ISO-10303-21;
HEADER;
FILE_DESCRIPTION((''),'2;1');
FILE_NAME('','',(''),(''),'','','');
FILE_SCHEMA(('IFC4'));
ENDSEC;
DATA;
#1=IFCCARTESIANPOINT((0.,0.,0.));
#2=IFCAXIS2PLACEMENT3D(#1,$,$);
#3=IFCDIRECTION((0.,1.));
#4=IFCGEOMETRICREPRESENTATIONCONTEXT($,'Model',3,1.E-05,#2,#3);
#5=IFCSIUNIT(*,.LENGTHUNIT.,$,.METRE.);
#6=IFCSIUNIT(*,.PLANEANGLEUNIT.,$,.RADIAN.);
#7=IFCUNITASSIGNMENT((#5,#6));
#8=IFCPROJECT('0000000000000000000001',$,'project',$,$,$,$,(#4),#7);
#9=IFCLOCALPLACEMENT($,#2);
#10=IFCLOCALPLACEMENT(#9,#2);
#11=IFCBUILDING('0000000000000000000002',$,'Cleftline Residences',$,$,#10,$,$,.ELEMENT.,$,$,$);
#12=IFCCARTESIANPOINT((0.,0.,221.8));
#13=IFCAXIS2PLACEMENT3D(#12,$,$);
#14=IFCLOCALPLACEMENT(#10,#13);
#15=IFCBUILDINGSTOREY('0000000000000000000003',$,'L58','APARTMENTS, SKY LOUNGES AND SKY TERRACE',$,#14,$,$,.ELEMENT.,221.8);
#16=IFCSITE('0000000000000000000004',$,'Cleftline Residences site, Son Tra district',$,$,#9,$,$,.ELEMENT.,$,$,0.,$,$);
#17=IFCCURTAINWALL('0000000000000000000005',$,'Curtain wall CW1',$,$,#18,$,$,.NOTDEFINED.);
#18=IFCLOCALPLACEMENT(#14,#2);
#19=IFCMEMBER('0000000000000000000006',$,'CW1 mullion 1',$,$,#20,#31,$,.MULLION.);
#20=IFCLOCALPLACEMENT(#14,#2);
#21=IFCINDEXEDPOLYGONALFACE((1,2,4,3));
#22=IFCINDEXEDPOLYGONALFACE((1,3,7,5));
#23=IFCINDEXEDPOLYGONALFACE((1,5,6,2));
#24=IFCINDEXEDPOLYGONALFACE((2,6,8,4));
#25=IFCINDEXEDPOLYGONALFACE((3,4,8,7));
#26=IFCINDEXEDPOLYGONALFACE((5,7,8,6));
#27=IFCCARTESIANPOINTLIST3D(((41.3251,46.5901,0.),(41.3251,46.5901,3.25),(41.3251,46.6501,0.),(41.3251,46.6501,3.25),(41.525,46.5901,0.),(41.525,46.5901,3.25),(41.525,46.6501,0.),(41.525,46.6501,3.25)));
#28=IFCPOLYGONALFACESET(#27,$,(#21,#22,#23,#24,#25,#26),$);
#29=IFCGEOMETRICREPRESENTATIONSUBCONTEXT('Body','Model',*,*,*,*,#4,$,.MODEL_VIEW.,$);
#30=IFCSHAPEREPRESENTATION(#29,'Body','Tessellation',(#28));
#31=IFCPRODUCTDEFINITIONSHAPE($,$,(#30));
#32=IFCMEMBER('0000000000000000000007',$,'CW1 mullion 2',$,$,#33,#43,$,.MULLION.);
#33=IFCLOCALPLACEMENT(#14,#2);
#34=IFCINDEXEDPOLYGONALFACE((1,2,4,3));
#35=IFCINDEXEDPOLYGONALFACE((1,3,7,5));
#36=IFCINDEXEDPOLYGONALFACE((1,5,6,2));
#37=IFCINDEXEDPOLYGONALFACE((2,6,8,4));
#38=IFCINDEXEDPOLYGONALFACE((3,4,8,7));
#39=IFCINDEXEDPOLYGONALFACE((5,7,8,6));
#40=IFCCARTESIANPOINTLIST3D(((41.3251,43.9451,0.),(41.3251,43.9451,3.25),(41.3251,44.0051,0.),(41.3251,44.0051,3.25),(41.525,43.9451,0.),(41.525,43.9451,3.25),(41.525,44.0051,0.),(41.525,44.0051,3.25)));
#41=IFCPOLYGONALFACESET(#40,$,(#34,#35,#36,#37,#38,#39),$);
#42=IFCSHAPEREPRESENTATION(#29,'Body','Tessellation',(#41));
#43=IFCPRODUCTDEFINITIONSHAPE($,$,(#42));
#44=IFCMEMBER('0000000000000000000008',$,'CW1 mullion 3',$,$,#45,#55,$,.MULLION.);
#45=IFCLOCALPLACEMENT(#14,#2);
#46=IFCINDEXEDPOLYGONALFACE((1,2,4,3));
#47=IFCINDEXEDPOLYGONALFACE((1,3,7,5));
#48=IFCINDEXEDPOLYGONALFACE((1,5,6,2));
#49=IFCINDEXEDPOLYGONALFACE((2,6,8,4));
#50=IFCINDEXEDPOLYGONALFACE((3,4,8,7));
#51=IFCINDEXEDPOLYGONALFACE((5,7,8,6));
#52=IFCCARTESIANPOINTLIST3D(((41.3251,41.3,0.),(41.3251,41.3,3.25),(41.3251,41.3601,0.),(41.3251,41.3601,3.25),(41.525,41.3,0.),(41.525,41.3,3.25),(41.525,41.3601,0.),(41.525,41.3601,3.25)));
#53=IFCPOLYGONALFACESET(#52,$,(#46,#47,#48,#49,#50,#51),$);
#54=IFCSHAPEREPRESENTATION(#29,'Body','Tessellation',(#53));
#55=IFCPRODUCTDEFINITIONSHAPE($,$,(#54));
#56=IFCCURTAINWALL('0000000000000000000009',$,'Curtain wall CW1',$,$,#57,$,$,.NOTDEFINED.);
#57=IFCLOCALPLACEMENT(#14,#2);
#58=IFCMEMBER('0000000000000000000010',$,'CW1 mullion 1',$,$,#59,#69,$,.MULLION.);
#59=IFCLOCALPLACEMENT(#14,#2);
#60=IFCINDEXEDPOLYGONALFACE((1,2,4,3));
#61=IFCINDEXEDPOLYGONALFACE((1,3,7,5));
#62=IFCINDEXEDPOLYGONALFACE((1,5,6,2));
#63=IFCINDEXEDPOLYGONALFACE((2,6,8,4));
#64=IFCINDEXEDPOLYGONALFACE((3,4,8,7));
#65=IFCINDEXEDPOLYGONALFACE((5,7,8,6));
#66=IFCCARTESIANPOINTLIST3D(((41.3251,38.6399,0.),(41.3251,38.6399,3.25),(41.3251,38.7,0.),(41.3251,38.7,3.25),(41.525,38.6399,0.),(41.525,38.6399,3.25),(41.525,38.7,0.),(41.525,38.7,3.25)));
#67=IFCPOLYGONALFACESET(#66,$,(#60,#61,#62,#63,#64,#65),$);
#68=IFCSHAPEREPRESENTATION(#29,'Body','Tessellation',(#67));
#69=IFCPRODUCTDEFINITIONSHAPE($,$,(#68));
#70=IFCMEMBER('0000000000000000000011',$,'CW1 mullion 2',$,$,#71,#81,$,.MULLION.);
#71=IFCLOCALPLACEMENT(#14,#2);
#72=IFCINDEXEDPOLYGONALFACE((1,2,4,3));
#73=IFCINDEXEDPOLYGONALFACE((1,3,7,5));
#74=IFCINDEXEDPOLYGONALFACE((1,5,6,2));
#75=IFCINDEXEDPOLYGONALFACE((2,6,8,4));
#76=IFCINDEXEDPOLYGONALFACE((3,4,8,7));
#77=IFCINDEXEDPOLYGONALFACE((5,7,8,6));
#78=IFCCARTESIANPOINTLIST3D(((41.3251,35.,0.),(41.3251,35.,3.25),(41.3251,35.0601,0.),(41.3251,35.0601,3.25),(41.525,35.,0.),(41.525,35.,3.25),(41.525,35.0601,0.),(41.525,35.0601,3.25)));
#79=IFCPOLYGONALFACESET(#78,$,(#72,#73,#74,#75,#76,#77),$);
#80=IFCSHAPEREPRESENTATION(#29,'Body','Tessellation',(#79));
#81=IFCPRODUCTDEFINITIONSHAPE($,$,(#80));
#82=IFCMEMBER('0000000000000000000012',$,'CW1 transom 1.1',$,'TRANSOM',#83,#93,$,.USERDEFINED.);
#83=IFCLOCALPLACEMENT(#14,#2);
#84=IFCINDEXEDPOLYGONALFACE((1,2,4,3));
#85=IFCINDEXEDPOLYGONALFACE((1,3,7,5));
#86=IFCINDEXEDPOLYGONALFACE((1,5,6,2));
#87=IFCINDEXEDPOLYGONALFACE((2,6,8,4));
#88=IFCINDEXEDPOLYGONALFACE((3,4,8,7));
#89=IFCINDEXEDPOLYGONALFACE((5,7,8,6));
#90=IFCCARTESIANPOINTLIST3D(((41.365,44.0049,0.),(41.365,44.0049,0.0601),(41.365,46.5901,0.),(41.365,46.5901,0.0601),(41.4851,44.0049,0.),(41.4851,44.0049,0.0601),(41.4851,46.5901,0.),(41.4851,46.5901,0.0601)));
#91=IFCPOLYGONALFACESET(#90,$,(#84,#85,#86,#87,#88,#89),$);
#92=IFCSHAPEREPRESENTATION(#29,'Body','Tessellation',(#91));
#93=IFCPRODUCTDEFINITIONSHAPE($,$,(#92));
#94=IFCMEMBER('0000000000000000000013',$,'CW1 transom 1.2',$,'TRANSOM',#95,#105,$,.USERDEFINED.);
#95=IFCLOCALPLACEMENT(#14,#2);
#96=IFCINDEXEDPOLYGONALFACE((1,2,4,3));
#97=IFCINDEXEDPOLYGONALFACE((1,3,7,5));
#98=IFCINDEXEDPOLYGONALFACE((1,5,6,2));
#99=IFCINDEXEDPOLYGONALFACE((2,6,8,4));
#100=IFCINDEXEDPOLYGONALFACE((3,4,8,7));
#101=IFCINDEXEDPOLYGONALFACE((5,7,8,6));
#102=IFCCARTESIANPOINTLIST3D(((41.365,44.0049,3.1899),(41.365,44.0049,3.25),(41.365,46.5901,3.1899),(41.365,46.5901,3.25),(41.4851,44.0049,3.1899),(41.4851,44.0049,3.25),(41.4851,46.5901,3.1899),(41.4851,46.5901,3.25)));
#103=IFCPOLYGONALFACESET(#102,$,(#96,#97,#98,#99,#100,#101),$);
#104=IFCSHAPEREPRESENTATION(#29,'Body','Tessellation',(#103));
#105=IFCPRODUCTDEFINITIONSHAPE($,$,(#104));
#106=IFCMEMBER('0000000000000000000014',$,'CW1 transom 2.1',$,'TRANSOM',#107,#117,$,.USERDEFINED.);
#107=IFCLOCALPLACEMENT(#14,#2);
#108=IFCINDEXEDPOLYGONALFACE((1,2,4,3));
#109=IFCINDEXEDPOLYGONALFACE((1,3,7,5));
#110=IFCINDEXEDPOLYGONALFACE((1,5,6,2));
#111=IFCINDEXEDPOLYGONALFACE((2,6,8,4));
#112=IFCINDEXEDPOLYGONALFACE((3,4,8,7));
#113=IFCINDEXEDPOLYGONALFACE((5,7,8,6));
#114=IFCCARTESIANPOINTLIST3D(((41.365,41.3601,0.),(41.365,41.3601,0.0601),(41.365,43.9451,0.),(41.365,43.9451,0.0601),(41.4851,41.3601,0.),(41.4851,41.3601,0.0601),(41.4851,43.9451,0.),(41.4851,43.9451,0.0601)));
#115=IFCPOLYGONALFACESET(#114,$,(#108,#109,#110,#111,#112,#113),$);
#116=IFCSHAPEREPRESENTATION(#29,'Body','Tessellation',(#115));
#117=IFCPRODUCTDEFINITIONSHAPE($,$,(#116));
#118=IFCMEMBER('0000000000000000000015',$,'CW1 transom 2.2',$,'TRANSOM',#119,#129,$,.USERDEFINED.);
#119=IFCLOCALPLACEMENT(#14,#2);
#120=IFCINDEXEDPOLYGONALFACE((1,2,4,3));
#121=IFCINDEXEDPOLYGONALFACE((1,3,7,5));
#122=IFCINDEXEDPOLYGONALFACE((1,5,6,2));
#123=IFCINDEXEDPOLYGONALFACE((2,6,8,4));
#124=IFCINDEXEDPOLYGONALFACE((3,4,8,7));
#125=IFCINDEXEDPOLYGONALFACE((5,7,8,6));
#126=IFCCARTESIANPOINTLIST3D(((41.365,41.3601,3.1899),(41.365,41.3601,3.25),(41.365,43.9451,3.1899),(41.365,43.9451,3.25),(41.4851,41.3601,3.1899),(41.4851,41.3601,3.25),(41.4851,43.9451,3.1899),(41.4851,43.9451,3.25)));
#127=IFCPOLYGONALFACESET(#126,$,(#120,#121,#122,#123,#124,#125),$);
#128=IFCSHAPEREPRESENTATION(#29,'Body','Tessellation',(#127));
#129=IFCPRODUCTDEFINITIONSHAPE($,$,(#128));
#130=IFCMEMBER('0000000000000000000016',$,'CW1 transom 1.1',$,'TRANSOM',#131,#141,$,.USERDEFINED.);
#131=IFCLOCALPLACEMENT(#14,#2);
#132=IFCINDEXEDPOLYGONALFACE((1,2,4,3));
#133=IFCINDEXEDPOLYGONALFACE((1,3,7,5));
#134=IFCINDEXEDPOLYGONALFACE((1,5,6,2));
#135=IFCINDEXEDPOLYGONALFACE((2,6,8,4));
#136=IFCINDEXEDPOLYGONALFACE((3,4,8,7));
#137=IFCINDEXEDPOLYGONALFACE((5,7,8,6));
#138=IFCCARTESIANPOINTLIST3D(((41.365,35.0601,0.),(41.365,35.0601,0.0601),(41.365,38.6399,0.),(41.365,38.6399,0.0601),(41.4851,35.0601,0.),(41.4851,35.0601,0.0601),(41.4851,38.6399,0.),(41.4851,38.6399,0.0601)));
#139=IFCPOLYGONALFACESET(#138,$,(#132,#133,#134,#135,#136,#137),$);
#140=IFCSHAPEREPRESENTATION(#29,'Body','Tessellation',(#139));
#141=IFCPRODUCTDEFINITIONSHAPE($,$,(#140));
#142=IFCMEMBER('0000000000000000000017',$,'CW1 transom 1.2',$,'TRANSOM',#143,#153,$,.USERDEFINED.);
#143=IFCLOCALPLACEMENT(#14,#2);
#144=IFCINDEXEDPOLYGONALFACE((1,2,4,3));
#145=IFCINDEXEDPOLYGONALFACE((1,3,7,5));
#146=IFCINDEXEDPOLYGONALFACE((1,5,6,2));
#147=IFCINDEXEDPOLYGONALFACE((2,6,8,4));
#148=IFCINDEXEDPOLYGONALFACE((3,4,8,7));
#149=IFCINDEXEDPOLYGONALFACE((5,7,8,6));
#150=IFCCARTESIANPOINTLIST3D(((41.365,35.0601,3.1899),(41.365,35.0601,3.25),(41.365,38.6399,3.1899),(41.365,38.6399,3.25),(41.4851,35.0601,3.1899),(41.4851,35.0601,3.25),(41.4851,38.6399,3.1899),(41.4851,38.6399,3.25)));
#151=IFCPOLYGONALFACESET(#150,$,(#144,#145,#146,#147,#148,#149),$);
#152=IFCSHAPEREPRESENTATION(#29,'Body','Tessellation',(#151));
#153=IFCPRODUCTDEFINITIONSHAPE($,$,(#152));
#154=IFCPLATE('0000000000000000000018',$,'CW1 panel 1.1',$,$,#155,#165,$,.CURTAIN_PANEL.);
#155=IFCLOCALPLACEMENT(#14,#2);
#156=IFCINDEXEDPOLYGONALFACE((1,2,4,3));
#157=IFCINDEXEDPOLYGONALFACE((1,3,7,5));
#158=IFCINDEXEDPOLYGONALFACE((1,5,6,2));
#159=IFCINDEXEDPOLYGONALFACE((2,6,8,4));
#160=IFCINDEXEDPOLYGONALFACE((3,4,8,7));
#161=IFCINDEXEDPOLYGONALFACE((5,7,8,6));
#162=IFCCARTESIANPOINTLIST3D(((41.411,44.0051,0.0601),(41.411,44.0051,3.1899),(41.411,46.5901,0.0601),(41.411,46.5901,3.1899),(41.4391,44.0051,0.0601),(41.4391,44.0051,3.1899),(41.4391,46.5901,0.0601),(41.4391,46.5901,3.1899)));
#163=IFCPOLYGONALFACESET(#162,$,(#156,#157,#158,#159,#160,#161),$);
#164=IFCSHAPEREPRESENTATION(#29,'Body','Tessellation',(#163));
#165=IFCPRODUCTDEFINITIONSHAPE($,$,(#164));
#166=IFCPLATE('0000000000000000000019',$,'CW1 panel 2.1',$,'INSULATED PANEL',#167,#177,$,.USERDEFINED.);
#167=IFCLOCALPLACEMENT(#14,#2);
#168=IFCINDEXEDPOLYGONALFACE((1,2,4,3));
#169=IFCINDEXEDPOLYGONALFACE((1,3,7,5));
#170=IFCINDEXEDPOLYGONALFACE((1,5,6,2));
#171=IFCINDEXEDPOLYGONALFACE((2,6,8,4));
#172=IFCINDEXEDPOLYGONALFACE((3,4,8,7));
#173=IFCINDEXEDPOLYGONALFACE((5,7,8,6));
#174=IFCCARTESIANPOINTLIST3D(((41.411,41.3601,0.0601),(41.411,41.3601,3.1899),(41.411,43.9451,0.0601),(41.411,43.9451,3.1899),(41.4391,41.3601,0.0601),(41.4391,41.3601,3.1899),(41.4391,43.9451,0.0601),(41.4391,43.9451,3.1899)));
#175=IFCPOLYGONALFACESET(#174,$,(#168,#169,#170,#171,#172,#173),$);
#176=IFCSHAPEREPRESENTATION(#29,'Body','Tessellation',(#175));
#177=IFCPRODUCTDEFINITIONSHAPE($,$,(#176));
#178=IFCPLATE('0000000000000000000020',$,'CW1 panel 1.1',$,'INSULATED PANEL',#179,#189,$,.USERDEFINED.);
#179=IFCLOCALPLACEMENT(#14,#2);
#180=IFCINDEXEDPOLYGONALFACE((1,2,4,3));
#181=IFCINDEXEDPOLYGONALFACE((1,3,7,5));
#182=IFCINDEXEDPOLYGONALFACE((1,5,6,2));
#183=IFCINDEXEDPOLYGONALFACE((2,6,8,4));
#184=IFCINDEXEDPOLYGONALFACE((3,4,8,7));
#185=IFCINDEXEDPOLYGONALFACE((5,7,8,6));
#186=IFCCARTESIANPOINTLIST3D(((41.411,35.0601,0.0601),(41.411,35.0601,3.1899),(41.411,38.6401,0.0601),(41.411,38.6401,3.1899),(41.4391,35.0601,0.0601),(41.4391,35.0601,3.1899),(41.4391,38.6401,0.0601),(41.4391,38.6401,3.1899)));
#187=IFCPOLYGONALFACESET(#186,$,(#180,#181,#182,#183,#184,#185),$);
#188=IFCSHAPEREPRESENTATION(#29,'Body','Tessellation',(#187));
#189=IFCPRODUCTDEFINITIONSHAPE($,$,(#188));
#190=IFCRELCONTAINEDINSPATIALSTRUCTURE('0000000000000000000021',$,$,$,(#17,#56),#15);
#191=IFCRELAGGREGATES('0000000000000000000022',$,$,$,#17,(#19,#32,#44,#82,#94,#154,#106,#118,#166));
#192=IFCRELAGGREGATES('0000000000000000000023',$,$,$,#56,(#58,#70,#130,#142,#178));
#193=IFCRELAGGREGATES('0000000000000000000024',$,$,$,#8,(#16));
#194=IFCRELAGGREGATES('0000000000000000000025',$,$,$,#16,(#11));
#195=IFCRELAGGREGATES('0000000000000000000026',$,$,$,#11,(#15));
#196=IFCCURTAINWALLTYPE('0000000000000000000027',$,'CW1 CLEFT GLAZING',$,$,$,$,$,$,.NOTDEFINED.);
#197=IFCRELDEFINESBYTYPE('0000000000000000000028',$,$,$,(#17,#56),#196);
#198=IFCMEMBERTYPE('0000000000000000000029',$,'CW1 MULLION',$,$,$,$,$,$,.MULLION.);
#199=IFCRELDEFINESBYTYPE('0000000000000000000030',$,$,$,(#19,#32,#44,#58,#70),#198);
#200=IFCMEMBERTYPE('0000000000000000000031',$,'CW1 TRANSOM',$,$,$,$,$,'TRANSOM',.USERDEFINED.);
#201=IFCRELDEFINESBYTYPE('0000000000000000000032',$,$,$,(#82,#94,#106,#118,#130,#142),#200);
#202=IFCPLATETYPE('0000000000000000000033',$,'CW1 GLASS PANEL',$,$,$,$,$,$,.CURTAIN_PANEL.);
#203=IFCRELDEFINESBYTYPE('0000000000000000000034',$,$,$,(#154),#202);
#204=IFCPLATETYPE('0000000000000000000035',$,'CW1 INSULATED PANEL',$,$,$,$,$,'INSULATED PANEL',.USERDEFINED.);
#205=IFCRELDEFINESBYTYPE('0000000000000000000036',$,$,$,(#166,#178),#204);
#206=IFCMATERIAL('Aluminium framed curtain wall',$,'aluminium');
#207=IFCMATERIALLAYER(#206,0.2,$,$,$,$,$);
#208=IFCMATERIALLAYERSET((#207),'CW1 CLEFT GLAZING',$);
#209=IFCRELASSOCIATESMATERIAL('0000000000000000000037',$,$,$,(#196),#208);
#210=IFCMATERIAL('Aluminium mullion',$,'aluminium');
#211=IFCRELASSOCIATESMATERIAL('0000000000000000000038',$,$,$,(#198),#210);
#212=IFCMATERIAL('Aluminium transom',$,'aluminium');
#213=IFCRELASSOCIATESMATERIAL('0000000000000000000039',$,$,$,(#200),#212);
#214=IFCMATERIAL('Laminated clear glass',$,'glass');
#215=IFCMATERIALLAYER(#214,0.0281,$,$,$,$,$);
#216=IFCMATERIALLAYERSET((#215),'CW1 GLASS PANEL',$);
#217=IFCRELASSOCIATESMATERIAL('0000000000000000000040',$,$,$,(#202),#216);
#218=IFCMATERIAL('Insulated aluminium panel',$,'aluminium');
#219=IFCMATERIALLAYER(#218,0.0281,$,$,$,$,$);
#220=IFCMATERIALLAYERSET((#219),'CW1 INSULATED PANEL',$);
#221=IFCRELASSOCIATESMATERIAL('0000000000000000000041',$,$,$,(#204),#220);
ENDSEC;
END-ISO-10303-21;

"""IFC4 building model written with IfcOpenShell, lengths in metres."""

from ifc_helpers import new_model, si_unit, direction, frame, origin, origin_2d, place, context, subcontext, project, spatial, rectangle, extrude, material, layer, layer_set, material_profile, profile_set, type_object, element, aggregate, save


model = new_model("IFC4")

# Units and contexts
model_context = context("Model", 3, precision=1e-05, world=origin(), true_north=direction((0.0, 1.0)))
body_context = subcontext(model_context, "Body", "Model", "MODEL_VIEW")
ifc_project = project(units=[si_unit("LENGTHUNIT", "METRE"), si_unit("PLANEANGLEUNIT", "RADIAN")], contexts=[model_context])

# Site, building, storey
site_placement = place(None, origin())
site = spatial("IfcSite", under=ifc_project, at=site_placement, Name="Cleftline Residences site, Son Tra district", CompositionType="ELEMENT", RefElevation=0.0)
building_placement = place(site_placement, origin())
building = spatial("IfcBuilding", under=site, at=building_placement, Name="Cleftline Residences", CompositionType="ELEMENT")
storey_placement = place(building_placement, frame((0.0, 0.0, 221.8)))
storey = spatial("IfcBuildingStorey", under=building, at=storey_placement, Name="L58", Description="APARTMENTS, SKY LOUNGES AND SKY TERRACE", CompositionType="ELEMENT", Elevation=221.8)

# Curtain walls, members
ifc_material_1 = material(Name="Aluminium framed curtain wall", Category="aluminium")
ifc_layer_1 = layer(ifc_material_1, 0.2)
ifc_layer_set_1 = layer_set([ifc_layer_1], Name="CW1 CLEFT GLAZING")
curtain_wall_type = type_object("IfcCurtainWallType", Name="CW1 CLEFT GLAZING", PredefinedType="NOTDEFINED", material=ifc_layer_set_1)
curtain_wall_1_placement = place(storey_placement, origin())
curtain_wall_1 = element("IfcCurtainWall", 1, at=curtain_wall_1_placement, inside=storey, type_object=curtain_wall_type, Name="Curtain wall CW1", PredefinedType="NOTDEFINED")
ifc_material_2 = material(Name="Aluminium mullion", Category="aluminium")
ifc_material_profile_1 = material_profile(ifc_material_2, rectangle(XDim=0.2, YDim=0.0601, at=origin_2d()))
ifc_profile_set_1 = profile_set([ifc_material_profile_1], Name="Aluminium mullion")
member_type_1 = type_object("IfcMemberType", Name="CW1 MULLION", PredefinedType="MULLION", material=ifc_profile_set_1)
member_1_placement = place(storey_placement, frame((41.425, 46.6201, 0.0), z_axis=(0.0, 0.0, 1.0), x_axis=(1.0, 0.0, 0.0)))
member_1 = element("IfcMember", 2, at=member_1_placement, type_object=member_type_1, Name="CW1 mullion 1", PredefinedType="MULLION", context=body_context, shape_type="SweptSolid", body=[
    extrude(rectangle(XDim=0.2, YDim=0.0601, at=origin_2d()), origin(), (0.0, 0.0, 1.0), 3.25),
])
member_2_placement = place(storey_placement, frame((41.425, 43.9751, 0.0), z_axis=(0.0, 0.0, 1.0), x_axis=(1.0, 0.0, 0.0)))
member_2 = element("IfcMember", 3, at=member_2_placement, type_object=member_type_1, Name="CW1 mullion 2", PredefinedType="MULLION", context=body_context, shape_type="SweptSolid", body=[
    extrude(rectangle(XDim=0.2, YDim=0.0601, at=origin_2d()), origin(), (0.0, 0.0, 1.0), 3.25),
])
member_3_placement = place(storey_placement, frame((41.425, 41.3301, 0.0), z_axis=(0.0, 0.0, 1.0), x_axis=(1.0, 0.0, 0.0)))
member_3 = element("IfcMember", 4, at=member_3_placement, type_object=member_type_1, Name="CW1 mullion 3", PredefinedType="MULLION", context=body_context, shape_type="SweptSolid", body=[
    extrude(rectangle(XDim=0.2, YDim=0.0601, at=origin_2d()), origin(), (0.0, 0.0, 1.0), 3.25),
])
curtain_wall_2_placement = place(storey_placement, origin())
curtain_wall_2 = element("IfcCurtainWall", 5, at=curtain_wall_2_placement, inside=storey, type_object=curtain_wall_type, Name="Curtain wall CW1", PredefinedType="NOTDEFINED")
member_4_placement = place(storey_placement, frame((41.425, 38.6699, 0.0), z_axis=(0.0, 0.0, 1.0), x_axis=(1.0, 0.0, 0.0)))
member_4 = element("IfcMember", 6, at=member_4_placement, type_object=member_type_1, Name="CW1 mullion 1", PredefinedType="MULLION", context=body_context, shape_type="SweptSolid", body=[
    extrude(rectangle(XDim=0.2, YDim=0.0601, at=origin_2d()), origin(), (0.0, 0.0, 1.0), 3.25),
])
member_5_placement = place(storey_placement, frame((41.425, 35.03, 0.0), z_axis=(0.0, 0.0, 1.0), x_axis=(1.0, 0.0, 0.0)))
member_5 = element("IfcMember", 7, at=member_5_placement, type_object=member_type_1, Name="CW1 mullion 2", PredefinedType="MULLION", context=body_context, shape_type="SweptSolid", body=[
    extrude(rectangle(XDim=0.2, YDim=0.0601, at=origin_2d()), origin(), (0.0, 0.0, 1.0), 3.25),
])

# Members
ifc_material_3 = material(Name="Aluminium transom", Category="aluminium")
ifc_material_profile_2 = material_profile(ifc_material_3, rectangle(XDim=0.1201, YDim=0.0601, at=origin_2d()))
ifc_profile_set_2 = profile_set([ifc_material_profile_2], Name="Aluminium transom")
member_type_2 = type_object("IfcMemberType", Name="CW1 TRANSOM", ElementType="TRANSOM", PredefinedType="USERDEFINED", material=ifc_profile_set_2)
member_6_placement = place(storey_placement, frame((41.425, 46.5901, 0.03), z_axis=(0.0, -1.0, 0.0), x_axis=(1.0, 0.0, 0.0)))
member_6 = element("IfcMember", 8, at=member_6_placement, type_object=member_type_2, Name="CW1 transom 1.1", ObjectType="TRANSOM", PredefinedType="USERDEFINED", context=body_context, shape_type="SweptSolid", body=[
    extrude(rectangle(XDim=0.1201, YDim=0.0601, at=origin_2d()), origin(), (0.0, 0.0, 1.0), 2.5852),
])
member_7_placement = place(storey_placement, frame((41.425, 46.5901, 3.22), z_axis=(0.0, -1.0, 0.0), x_axis=(1.0, 0.0, 0.0)))
member_7 = element("IfcMember", 9, at=member_7_placement, type_object=member_type_2, Name="CW1 transom 1.2", ObjectType="TRANSOM", PredefinedType="USERDEFINED", context=body_context, shape_type="SweptSolid", body=[
    extrude(rectangle(XDim=0.1201, YDim=0.0601, at=origin_2d()), origin(), (0.0, 0.0, 1.0), 2.5852),
])
member_8_placement = place(storey_placement, frame((41.425, 43.9451, 0.03), z_axis=(0.0, -1.0, 0.0), x_axis=(1.0, 0.0, 0.0)))
member_8 = element("IfcMember", 10, at=member_8_placement, type_object=member_type_2, Name="CW1 transom 2.1", ObjectType="TRANSOM", PredefinedType="USERDEFINED", context=body_context, shape_type="SweptSolid", body=[
    extrude(rectangle(XDim=0.1201, YDim=0.0601, at=origin_2d()), origin(), (0.0, 0.0, 1.0), 2.585),
])
member_9_placement = place(storey_placement, frame((41.425, 43.9451, 3.22), z_axis=(0.0, -1.0, 0.0), x_axis=(1.0, 0.0, 0.0)))
member_9 = element("IfcMember", 11, at=member_9_placement, type_object=member_type_2, Name="CW1 transom 2.2", ObjectType="TRANSOM", PredefinedType="USERDEFINED", context=body_context, shape_type="SweptSolid", body=[
    extrude(rectangle(XDim=0.1201, YDim=0.0601, at=origin_2d()), origin(), (0.0, 0.0, 1.0), 2.585),
])
member_10_placement = place(storey_placement, frame((41.425, 38.6399, 0.03), z_axis=(0.0, -1.0, 0.0), x_axis=(1.0, 0.0, 0.0)))
member_10 = element("IfcMember", 12, at=member_10_placement, type_object=member_type_2, Name="CW1 transom 1.1", ObjectType="TRANSOM", PredefinedType="USERDEFINED", context=body_context, shape_type="SweptSolid", body=[
    extrude(rectangle(XDim=0.1201, YDim=0.0601, at=origin_2d()), origin(), (0.0, 0.0, 1.0), 3.5798),
])
member_11_placement = place(storey_placement, frame((41.425, 38.6399, 3.22), z_axis=(0.0, -1.0, 0.0), x_axis=(1.0, 0.0, 0.0)))
member_11 = element("IfcMember", 13, at=member_11_placement, type_object=member_type_2, Name="CW1 transom 1.2", ObjectType="TRANSOM", PredefinedType="USERDEFINED", context=body_context, shape_type="SweptSolid", body=[
    extrude(rectangle(XDim=0.1201, YDim=0.0601, at=origin_2d()), origin(), (0.0, 0.0, 1.0), 3.5798),
])

# Plates
ifc_material_4 = material(Name="Laminated clear glass", Category="glass")
ifc_layer_2 = layer(ifc_material_4, 0.0281)
ifc_layer_set_2 = layer_set([ifc_layer_2], Name="CW1 GLASS PANEL")
plate_type_1 = type_object("IfcPlateType", Name="CW1 GLASS PANEL", PredefinedType="CURTAIN_PANEL", material=ifc_layer_set_2)
plate_1_placement = place(storey_placement, frame((41.425, 45.2976, 0.0601), z_axis=(0.0, 0.0, 1.0), x_axis=(0.0, -1.0, 0.0)))
plate_1 = element("IfcPlate", 14, at=plate_1_placement, type_object=plate_type_1, Name="CW1 panel 1.1", PredefinedType="CURTAIN_PANEL", context=body_context, shape_type="SweptSolid", body=[
    extrude(rectangle(XDim=2.585, YDim=0.0281, at=origin_2d()), origin(), (0.0, 0.0, 1.0), 3.1299),
])
ifc_material_5 = material(Name="Insulated aluminium panel", Category="aluminium")
ifc_layer_3 = layer(ifc_material_5, 0.0281)
ifc_layer_set_3 = layer_set([ifc_layer_3], Name="CW1 INSULATED PANEL")
plate_type_2 = type_object("IfcPlateType", Name="CW1 INSULATED PANEL", ElementType="INSULATED PANEL", PredefinedType="USERDEFINED", material=ifc_layer_set_3)
plate_2_placement = place(storey_placement, frame((41.425, 42.6526, 0.0601), z_axis=(0.0, 0.0, 1.0), x_axis=(0.0, -1.0, 0.0)))
plate_2 = element("IfcPlate", 15, at=plate_2_placement, type_object=plate_type_2, Name="CW1 panel 2.1", ObjectType="INSULATED PANEL", PredefinedType="USERDEFINED", context=body_context, shape_type="SweptSolid", body=[
    extrude(rectangle(XDim=2.585, YDim=0.0281, at=origin_2d()), origin(), (0.0, 0.0, 1.0), 3.1299),
])
aggregate(curtain_wall_1, [member_1, member_2, member_3, member_6, member_7, plate_1, member_8, member_9, plate_2])
plate_3_placement = place(storey_placement, frame((41.425, 36.8501, 0.0601), z_axis=(0.0, 0.0, 1.0), x_axis=(0.0, -1.0, 0.0)))
plate_3 = element("IfcPlate", 16, at=plate_3_placement, type_object=plate_type_2, Name="CW1 panel 1.1", ObjectType="INSULATED PANEL", PredefinedType="USERDEFINED", context=body_context, shape_type="SweptSolid", body=[
    extrude(rectangle(XDim=3.5801, YDim=0.0281, at=origin_2d()), origin(), (0.0, 0.0, 1.0), 3.1299),
])
aggregate(curtain_wall_2, [member_4, member_5, member_10, member_11, plate_3])

save(model, "model.ifc")
